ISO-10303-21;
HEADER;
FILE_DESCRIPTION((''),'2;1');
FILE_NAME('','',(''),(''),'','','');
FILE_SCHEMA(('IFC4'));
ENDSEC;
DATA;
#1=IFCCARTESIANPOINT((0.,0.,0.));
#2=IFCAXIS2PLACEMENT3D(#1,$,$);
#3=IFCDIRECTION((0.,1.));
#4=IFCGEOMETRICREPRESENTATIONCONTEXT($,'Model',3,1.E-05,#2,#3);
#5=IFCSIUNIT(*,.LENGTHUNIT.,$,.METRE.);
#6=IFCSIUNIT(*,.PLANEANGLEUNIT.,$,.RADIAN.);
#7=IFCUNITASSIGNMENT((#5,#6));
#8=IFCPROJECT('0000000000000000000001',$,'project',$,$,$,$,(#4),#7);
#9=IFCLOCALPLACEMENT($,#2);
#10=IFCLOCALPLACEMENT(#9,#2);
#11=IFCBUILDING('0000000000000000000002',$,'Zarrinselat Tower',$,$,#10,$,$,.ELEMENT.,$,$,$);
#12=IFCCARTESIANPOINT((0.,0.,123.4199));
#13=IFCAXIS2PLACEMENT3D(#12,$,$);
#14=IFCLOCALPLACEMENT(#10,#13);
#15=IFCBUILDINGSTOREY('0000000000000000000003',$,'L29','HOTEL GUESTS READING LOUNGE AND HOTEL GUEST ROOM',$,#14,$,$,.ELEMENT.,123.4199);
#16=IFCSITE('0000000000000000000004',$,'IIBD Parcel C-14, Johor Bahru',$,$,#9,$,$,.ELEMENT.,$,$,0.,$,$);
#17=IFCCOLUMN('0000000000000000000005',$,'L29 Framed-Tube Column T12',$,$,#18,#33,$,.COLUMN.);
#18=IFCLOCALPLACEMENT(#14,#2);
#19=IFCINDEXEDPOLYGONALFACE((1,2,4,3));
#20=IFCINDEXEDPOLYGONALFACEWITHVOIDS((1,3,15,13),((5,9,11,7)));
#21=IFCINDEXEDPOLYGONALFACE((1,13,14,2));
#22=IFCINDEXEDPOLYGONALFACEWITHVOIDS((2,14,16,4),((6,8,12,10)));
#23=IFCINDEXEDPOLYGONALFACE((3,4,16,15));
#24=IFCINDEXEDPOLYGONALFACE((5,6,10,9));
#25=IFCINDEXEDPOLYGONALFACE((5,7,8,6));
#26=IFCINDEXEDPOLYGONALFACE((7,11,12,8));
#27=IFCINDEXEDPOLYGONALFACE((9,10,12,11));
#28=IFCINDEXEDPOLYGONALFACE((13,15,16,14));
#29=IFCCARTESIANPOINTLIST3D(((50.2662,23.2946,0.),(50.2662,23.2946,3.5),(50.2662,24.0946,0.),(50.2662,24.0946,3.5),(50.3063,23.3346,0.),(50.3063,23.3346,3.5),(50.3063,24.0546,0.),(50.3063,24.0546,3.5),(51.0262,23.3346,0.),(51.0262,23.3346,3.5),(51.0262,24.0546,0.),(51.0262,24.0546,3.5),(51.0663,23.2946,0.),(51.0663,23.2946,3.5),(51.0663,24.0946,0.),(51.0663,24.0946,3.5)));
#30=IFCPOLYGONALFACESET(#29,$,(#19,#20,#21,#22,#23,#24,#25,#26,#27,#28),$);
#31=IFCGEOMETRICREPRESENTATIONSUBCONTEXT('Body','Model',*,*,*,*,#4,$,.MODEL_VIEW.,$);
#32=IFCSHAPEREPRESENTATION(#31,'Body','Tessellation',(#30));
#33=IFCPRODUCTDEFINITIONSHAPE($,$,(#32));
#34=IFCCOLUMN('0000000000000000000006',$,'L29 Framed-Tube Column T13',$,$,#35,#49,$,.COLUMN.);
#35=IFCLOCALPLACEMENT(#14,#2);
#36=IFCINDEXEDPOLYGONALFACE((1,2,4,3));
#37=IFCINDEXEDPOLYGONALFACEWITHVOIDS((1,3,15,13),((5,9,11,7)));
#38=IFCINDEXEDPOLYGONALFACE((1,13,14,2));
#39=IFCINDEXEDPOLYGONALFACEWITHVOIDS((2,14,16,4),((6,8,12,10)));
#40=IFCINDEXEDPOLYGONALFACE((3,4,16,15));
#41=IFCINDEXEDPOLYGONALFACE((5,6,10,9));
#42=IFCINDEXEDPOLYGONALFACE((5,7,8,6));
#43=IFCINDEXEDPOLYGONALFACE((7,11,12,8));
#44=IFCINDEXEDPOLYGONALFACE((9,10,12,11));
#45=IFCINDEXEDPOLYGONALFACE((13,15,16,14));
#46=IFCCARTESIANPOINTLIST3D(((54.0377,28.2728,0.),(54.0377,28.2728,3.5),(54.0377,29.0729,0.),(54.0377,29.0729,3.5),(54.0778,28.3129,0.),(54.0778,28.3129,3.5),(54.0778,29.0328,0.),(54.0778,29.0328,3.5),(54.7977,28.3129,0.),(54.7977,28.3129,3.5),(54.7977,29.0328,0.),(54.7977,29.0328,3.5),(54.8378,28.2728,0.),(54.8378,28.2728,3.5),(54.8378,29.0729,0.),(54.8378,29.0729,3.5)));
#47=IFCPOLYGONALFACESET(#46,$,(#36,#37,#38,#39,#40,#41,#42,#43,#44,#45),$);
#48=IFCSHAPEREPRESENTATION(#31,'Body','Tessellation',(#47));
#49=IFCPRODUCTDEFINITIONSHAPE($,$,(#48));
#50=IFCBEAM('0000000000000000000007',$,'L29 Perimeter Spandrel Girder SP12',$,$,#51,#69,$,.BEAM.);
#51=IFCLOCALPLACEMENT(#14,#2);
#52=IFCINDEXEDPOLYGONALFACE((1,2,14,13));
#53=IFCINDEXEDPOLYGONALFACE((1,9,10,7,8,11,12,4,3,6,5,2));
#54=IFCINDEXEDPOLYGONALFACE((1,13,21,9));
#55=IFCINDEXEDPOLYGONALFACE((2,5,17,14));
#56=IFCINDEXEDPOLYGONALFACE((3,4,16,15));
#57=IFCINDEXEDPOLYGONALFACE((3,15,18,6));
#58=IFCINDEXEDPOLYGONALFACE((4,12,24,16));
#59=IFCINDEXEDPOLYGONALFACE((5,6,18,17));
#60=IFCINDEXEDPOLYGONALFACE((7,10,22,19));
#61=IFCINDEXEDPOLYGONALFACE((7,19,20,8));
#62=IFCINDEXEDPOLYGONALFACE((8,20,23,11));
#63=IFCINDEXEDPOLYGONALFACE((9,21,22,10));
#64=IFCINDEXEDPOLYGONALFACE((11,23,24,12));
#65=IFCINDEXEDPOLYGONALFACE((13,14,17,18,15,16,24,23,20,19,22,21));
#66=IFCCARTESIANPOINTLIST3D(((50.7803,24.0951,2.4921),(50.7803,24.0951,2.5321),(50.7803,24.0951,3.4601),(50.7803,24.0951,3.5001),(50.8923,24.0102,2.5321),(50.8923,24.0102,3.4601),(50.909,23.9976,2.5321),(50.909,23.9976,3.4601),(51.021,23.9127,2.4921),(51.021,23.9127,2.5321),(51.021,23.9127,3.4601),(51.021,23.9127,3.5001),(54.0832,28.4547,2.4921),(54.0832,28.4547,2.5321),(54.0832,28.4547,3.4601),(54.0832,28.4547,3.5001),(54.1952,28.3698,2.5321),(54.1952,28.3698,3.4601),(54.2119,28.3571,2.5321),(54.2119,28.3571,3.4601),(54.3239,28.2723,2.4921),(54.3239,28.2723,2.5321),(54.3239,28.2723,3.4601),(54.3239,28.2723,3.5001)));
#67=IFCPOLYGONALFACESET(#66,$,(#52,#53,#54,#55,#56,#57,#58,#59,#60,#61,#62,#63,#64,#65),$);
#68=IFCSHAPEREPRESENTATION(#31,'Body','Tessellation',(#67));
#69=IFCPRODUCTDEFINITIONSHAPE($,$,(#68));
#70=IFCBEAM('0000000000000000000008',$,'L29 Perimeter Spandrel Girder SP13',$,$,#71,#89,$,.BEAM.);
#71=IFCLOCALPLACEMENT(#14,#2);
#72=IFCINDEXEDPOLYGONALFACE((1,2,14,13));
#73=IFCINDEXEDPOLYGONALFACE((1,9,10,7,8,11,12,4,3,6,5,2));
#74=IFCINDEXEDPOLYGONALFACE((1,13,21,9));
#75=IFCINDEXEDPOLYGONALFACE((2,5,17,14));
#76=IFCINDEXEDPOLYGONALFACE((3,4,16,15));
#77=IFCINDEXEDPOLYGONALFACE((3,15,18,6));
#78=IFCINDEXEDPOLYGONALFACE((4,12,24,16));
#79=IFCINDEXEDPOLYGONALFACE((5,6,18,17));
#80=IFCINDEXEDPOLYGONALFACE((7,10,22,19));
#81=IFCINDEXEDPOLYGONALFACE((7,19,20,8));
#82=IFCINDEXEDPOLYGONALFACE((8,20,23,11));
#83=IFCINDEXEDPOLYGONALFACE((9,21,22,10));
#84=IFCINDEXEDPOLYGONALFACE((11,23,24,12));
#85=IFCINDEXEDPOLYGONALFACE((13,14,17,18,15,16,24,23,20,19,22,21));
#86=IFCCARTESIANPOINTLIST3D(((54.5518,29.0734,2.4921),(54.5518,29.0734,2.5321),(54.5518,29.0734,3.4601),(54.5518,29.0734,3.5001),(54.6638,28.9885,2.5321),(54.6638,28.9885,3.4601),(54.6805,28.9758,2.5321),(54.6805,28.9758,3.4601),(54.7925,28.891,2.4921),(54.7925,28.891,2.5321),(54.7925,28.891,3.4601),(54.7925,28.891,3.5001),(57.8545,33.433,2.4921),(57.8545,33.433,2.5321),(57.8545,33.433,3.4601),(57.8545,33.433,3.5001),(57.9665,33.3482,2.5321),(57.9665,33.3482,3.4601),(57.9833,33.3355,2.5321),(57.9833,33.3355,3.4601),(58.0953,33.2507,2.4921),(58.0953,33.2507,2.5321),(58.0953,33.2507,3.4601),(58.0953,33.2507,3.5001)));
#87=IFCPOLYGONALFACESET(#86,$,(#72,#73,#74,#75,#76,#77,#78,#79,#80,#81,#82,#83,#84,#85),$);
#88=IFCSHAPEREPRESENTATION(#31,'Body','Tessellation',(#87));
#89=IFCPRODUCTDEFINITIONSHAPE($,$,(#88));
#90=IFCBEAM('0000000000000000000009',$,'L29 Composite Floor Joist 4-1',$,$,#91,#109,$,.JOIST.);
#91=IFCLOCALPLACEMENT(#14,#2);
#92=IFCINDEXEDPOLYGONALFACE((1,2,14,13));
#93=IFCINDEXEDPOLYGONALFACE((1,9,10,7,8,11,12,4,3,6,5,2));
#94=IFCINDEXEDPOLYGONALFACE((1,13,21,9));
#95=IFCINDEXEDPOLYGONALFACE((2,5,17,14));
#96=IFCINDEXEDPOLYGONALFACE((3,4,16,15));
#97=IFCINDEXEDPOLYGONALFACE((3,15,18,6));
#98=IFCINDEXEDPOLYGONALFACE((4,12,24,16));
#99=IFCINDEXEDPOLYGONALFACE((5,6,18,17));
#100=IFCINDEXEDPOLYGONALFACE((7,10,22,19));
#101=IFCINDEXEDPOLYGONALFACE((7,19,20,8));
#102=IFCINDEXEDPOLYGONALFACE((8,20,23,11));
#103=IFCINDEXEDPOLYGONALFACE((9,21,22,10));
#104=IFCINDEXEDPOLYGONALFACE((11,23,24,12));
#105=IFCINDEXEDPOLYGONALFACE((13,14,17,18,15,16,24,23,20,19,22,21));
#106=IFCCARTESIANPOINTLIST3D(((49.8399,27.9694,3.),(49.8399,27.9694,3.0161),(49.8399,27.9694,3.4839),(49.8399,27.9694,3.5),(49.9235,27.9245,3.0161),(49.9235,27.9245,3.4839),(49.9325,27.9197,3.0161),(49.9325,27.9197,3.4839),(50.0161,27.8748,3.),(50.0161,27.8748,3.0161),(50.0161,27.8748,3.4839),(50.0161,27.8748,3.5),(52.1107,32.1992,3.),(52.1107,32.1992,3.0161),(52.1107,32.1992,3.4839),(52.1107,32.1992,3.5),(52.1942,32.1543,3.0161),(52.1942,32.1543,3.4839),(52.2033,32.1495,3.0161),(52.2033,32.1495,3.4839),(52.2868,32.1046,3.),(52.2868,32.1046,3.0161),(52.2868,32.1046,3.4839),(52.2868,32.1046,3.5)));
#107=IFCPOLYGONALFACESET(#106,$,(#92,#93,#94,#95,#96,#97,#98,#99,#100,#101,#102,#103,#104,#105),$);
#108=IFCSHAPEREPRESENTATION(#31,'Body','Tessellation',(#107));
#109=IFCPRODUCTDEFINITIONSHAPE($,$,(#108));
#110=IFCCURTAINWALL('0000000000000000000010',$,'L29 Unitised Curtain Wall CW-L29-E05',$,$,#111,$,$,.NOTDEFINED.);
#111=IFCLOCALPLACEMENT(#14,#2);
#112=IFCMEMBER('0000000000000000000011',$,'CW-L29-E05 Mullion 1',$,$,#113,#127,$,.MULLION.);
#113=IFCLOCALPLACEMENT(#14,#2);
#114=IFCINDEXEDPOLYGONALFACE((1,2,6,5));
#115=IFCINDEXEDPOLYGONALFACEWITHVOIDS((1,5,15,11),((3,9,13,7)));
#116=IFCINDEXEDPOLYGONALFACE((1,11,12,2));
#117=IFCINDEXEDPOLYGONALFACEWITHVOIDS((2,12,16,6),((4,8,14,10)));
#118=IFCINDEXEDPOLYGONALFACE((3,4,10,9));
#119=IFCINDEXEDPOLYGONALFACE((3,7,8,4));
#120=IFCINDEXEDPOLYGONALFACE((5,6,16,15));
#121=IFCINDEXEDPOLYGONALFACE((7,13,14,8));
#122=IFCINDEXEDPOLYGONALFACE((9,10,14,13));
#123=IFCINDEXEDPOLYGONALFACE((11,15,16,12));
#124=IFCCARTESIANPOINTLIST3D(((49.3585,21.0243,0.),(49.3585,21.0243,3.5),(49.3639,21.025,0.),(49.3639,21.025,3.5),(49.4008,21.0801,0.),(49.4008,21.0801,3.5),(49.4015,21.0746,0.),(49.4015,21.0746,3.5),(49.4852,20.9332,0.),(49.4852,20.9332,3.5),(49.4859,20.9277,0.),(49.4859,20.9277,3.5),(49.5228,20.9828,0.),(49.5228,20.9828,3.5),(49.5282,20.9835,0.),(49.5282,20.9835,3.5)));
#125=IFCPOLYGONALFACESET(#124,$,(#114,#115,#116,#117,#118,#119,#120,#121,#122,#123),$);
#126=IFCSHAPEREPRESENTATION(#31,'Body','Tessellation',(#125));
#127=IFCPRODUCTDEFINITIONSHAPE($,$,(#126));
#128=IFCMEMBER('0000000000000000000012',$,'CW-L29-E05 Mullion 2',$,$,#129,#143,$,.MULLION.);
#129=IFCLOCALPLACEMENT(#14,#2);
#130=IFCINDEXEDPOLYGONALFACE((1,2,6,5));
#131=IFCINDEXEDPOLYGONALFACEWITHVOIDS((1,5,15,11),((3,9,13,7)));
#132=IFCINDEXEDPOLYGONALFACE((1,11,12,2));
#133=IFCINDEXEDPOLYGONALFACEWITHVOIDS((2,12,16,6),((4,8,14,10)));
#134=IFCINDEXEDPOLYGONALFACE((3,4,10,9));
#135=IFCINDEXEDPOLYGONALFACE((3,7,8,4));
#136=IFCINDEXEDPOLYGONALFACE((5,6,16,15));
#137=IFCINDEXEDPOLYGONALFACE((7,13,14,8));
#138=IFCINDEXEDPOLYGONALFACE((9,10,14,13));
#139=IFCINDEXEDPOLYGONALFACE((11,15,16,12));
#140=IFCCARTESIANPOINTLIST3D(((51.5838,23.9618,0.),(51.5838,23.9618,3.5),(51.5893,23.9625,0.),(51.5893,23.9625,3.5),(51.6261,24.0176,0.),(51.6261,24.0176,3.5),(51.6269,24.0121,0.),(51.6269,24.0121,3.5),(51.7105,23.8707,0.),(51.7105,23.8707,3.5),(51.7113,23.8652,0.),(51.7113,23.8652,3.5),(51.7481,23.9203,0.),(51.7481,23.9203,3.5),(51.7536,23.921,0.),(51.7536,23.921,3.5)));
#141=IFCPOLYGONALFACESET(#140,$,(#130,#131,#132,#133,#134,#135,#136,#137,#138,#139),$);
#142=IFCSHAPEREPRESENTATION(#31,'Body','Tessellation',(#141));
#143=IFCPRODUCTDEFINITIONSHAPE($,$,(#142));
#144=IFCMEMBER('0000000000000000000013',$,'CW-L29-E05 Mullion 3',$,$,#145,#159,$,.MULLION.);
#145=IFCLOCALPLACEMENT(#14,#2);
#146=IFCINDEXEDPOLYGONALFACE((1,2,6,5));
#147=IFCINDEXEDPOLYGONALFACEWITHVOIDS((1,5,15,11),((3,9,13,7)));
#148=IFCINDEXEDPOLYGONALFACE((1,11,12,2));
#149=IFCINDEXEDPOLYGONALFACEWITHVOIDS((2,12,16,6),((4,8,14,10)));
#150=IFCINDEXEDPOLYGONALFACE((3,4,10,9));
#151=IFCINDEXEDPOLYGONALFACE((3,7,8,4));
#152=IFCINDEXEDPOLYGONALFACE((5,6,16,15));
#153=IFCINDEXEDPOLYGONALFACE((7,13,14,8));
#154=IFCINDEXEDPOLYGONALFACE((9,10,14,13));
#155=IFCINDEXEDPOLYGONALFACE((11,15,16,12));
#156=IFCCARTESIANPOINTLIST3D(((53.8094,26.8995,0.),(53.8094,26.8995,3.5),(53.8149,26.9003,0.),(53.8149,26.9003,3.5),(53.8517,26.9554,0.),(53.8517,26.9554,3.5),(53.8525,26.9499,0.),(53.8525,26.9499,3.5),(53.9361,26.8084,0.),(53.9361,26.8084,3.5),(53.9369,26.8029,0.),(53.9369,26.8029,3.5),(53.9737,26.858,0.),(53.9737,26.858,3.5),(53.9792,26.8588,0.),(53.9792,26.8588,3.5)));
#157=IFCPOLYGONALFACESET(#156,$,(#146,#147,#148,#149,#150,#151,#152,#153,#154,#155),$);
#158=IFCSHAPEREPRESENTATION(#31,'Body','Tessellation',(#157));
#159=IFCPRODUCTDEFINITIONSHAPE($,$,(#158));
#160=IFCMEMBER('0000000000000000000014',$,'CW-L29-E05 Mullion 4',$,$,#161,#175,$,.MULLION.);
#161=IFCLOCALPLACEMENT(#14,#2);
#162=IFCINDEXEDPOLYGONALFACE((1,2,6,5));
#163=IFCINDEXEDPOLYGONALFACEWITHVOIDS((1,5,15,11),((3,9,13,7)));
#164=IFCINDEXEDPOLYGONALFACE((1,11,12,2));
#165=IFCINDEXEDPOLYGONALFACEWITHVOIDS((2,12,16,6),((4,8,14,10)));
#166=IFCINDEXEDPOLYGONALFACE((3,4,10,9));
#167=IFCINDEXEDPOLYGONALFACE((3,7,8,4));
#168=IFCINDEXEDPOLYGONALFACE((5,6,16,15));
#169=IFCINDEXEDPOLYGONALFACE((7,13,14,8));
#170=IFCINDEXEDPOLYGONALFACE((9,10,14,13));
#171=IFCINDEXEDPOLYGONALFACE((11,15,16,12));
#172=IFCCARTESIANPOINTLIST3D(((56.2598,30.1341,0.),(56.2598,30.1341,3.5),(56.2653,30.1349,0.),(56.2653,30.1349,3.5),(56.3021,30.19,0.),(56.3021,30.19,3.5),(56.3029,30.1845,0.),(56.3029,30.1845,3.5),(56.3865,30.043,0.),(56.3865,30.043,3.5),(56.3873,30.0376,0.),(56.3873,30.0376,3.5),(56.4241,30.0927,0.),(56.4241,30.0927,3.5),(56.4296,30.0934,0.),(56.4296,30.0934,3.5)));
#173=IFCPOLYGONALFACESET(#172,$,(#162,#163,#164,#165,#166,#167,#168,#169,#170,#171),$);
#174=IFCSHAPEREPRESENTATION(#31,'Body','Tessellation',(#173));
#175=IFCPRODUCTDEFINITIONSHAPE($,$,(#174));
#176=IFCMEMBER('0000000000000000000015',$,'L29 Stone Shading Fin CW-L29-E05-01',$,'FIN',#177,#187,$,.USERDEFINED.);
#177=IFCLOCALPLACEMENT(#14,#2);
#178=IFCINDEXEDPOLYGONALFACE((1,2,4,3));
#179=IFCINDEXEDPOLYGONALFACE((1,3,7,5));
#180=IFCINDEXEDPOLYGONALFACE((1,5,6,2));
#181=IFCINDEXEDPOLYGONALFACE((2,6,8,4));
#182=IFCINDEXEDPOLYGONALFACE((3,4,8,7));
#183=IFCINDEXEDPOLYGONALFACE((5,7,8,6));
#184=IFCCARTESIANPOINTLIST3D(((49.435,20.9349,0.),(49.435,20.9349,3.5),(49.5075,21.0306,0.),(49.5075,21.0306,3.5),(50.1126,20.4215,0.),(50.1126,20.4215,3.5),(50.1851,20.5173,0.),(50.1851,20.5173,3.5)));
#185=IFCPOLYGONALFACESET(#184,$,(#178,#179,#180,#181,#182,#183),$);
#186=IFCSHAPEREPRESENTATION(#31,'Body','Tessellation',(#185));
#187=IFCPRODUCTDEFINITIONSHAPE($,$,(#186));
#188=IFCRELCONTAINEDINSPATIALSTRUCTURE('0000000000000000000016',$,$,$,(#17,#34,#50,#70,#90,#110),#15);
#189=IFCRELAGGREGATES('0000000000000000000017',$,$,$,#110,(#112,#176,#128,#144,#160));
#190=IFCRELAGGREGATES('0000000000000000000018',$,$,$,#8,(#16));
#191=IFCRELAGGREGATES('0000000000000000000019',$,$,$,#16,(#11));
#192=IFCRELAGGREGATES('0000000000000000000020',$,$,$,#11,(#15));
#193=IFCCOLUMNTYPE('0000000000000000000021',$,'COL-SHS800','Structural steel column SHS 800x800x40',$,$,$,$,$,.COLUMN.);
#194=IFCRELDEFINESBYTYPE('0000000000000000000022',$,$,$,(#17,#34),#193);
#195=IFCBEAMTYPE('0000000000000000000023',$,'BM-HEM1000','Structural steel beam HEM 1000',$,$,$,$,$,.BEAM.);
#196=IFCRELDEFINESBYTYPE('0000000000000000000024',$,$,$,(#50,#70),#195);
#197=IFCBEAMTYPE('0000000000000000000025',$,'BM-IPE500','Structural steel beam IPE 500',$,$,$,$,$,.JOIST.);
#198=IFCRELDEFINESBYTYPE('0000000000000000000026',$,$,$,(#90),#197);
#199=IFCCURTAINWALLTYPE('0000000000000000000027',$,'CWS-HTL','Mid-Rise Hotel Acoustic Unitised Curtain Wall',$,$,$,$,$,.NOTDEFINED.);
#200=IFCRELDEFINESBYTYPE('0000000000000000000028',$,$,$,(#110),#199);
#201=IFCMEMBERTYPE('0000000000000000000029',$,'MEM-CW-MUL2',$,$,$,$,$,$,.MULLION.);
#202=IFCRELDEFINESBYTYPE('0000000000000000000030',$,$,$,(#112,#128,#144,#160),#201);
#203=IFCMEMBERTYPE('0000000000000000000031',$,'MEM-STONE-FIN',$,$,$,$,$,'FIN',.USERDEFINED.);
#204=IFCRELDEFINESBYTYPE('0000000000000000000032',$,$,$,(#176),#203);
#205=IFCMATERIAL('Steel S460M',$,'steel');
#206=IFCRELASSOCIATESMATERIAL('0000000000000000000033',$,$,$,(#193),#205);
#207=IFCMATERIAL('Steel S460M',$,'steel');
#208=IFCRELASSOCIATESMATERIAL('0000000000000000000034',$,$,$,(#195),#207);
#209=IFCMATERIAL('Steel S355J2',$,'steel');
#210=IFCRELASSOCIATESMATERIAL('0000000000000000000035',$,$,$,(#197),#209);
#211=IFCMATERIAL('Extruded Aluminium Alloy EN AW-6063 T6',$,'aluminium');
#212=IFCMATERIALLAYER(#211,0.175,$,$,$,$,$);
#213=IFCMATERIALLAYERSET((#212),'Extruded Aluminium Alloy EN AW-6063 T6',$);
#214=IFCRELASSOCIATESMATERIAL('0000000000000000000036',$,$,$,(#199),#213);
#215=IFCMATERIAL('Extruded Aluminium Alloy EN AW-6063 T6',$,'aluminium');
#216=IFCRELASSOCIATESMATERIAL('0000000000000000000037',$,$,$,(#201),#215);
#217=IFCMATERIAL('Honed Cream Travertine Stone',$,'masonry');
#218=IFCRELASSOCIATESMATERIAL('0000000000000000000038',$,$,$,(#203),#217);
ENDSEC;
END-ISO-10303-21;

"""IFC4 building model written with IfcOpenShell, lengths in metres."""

from ifc_helpers import new_model, si_unit, direction, frame, origin, origin_2d, place, context, subcontext, project, spatial, rectangle, hollow_rectangle, i_section, extrude, material, layer, layer_set, material_profile, profile_set, type_object, element, aggregate, save


model = new_model("IFC4")

# Units and contexts
model_context = context("Model", 3, precision=1e-05, world=origin(), true_north=direction((0.0, 1.0)))
body_context = subcontext(model_context, "Body", "Model", "MODEL_VIEW")
ifc_project = project(units=[si_unit("LENGTHUNIT", "METRE"), si_unit("PLANEANGLEUNIT", "RADIAN")], contexts=[model_context])

# Site, building, storey
site_placement = place(None, origin())
site = spatial("IfcSite", under=ifc_project, at=site_placement, Name="IIBD Parcel C-14, Johor Bahru", CompositionType="ELEMENT", RefElevation=0.0)
building_placement = place(site_placement, origin())
building = spatial("IfcBuilding", under=site, at=building_placement, Name="Zarrinselat Tower", CompositionType="ELEMENT")
storey_placement = place(building_placement, frame((0.0, 0.0, 123.4199)))
storey = spatial("IfcBuildingStorey", under=building, at=storey_placement, Name="L29", Description="HOTEL GUESTS READING LOUNGE AND HOTEL GUEST ROOM", CompositionType="ELEMENT", Elevation=123.4199)

# Columns
ifc_material_1 = material(Name="Steel S460M", Category="steel")
ifc_material_profile_1 = material_profile(ifc_material_1, hollow_rectangle(XDim=0.8, YDim=0.8, WallThickness=0.04, at=origin_2d()), Name="SHS 800x800x40")
ifc_profile_set_1 = profile_set([ifc_material_profile_1], Name="Steel S460M")
column_type = type_object("IfcColumnType", Name="COL-SHS800", Description="Structural steel column SHS 800x800x40", PredefinedType="COLUMN", material=ifc_profile_set_1)
for number, where, z_axis, x_axis, name in (
    (1, (50.6663, 23.6946, 0.0), (0.0, 0.0, 1.0), (1.0, 0.0, 0.0), "L29 Framed-Tube Column T12"),
    (2, (54.4377, 28.6729, 0.0), (0.0, 0.0, 1.0), (1.0, 0.0, 0.0), "L29 Framed-Tube Column T13"),
):
    element("IfcColumn", number, at=place(storey_placement, frame(where, z_axis=z_axis, x_axis=x_axis)), inside=storey, type_object=column_type, Name=name, PredefinedType="COLUMN", context=body_context, shape_type="SweptSolid", body=[
        extrude(hollow_rectangle(XDim=0.8, YDim=0.8, WallThickness=0.04, at=origin_2d()), origin(), (0.0, 0.0, 1.0), 3.5),
    ])

# Beams
ifc_material_2 = material(Name="Steel S460M", Category="steel")
ifc_material_profile_2 = material_profile(ifc_material_2, i_section(OverallWidth=0.302, OverallDepth=1.0081, WebThickness=0.021, FlangeThickness=0.04, at=origin_2d()), Name="HEM 1000")
ifc_profile_set_2 = profile_set([ifc_material_profile_2], Name="Steel S460M")
beam_type_1 = type_object("IfcBeamType", Name="BM-HEM1000", Description="Structural steel beam HEM 1000", PredefinedType="BEAM", material=ifc_profile_set_2)
for number, where, z_axis, x_axis, name in (
    (3, (50.9006, 24.0039, 2.9961), (0.603885, 0.797071, 0.0), (-0.797071, 0.603885, 0.0), "L29 Perimeter Spandrel Girder SP12"),
    (4, (54.6721, 28.9822, 2.9961), (0.603857, 0.797093, 0.0), (-0.797093, 0.603857, 0.0), "L29 Perimeter Spandrel Girder SP13"),
):
    element("IfcBeam", number, at=place(storey_placement, frame(where, z_axis=z_axis, x_axis=x_axis)), inside=storey, type_object=beam_type_1, Name=name, PredefinedType="BEAM", context=body_context, shape_type="SweptSolid", body=[
        extrude(i_section(OverallWidth=0.302, OverallDepth=1.0081, WebThickness=0.021, FlangeThickness=0.04, at=origin_2d()), origin(), (0.0, 0.0, 1.0), 5.4695),
    ])
ifc_material_3 = material(Name="Steel S355J2", Category="steel")
ifc_material_profile_3 = material_profile(ifc_material_3, i_section(OverallWidth=0.2, OverallDepth=0.5, WebThickness=0.0103, FlangeThickness=0.0161, at=origin_2d()), Name="IPE 500")
ifc_profile_set_3 = profile_set([ifc_material_profile_3], Name="Steel S355J2")
beam_type_2 = type_object("IfcBeamType", Name="BM-IPE500", Description="Structural steel beam IPE 500", PredefinedType="JOIST", material=ifc_profile_set_3)
beam_placement = place(storey_placement, frame((49.928, 27.9221, 3.25), z_axis=(0.473002, 0.881062, 0.0), x_axis=(-0.881062, 0.473002, 0.0)))
element("IfcBeam", 5, at=beam_placement, inside=storey, type_object=beam_type_2, Name="L29 Composite Floor Joist 4-1", PredefinedType="JOIST", context=body_context, shape_type="SweptSolid", body=[
    extrude(i_section(OverallWidth=0.2, OverallDepth=0.5, WebThickness=0.0103, FlangeThickness=0.0161, at=origin_2d()), origin(), (0.0, 0.0, 1.0), 4.8008),
])

# Curtain wall, members
ifc_material_4 = material(Name="Extruded Aluminium Alloy EN AW-6063 T6", Category="aluminium")
ifc_layer_1 = layer(ifc_material_4, 0.175)
ifc_layer_set_1 = layer_set([ifc_layer_1], Name="Extruded Aluminium Alloy EN AW-6063 T6")
curtain_wall_type = type_object("IfcCurtainWallType", Name="CWS-HTL", Description="Mid-Rise Hotel Acoustic Unitised Curtain Wall", PredefinedType="NOTDEFINED", material=ifc_layer_set_1)
curtain_wall_placement = place(storey_placement, origin())
curtain_wall = element("IfcCurtainWall", 6, at=curtain_wall_placement, inside=storey, type_object=curtain_wall_type, Name="L29 Unitised Curtain Wall CW-L29-E05", PredefinedType="NOTDEFINED")
ifc_material_5 = material(Name="Extruded Aluminium Alloy EN AW-6063 T6", Category="aluminium")
ifc_material_profile_4 = material_profile(ifc_material_5, hollow_rectangle(XDim=0.0701, YDim=0.1599, WallThickness=0.0039, at=origin_2d()), Name="RHS 160x70x4")
ifc_profile_set_4 = profile_set([ifc_material_profile_4], Name="Extruded Aluminium Alloy EN AW-6063 T6")
member_type_1 = type_object("IfcMemberType", Name="MEM-CW-MUL2", PredefinedType="MULLION", material=ifc_profile_set_4)
member_1_placement = place(storey_placement, frame((49.4434, 21.0039, 0.0), z_axis=(0.0, 0.0, 1.0), x_axis=(0.603858, 0.797092, 0.0)))
member_1 = element("IfcMember", 7, at=member_1_placement, type_object=member_type_1, Name="CW-L29-E05 Mullion 1", PredefinedType="MULLION", context=body_context, shape_type="SweptSolid", body=[
    extrude(hollow_rectangle(XDim=0.0701, YDim=0.1599, WallThickness=0.0039, at=origin_2d()), origin(), (0.0, 0.0, 1.0), 3.5),
])
member_2_placement = place(storey_placement, frame((51.6687, 23.9414, 0.0), z_axis=(0.0, 0.0, 1.0), x_axis=(0.603858, 0.797092, 0.0)))
member_2 = element("IfcMember", 8, at=member_2_placement, type_object=member_type_1, Name="CW-L29-E05 Mullion 2", PredefinedType="MULLION", context=body_context, shape_type="SweptSolid", body=[
    extrude(hollow_rectangle(XDim=0.0701, YDim=0.1599, WallThickness=0.0039, at=origin_2d()), origin(), (0.0, 0.0, 1.0), 3.5),
])
member_3_placement = place(storey_placement, frame((53.8943, 26.8792, 0.0), z_axis=(0.0, 0.0, 1.0), x_axis=(0.603858, 0.797092, 0.0)))
member_3 = element("IfcMember", 9, at=member_3_placement, type_object=member_type_1, Name="CW-L29-E05 Mullion 3", PredefinedType="MULLION", context=body_context, shape_type="SweptSolid", body=[
    extrude(hollow_rectangle(XDim=0.0701, YDim=0.1599, WallThickness=0.0039, at=origin_2d()), origin(), (0.0, 0.0, 1.0), 3.5),
])
member_4_placement = place(storey_placement, frame((56.3447, 30.1138, 0.0), z_axis=(0.0, 0.0, 1.0), x_axis=(0.603858, 0.797092, 0.0)))
member_4 = element("IfcMember", 10, at=member_4_placement, type_object=member_type_1, Name="CW-L29-E05 Mullion 4", PredefinedType="MULLION", context=body_context, shape_type="SweptSolid", body=[
    extrude(hollow_rectangle(XDim=0.0701, YDim=0.1599, WallThickness=0.0039, at=origin_2d()), origin(), (0.0, 0.0, 1.0), 3.5),
])
ifc_material_6 = material(Name="Honed Cream Travertine Stone", Category="masonry")
ifc_material_profile_5 = material_profile(ifc_material_6, rectangle(XDim=0.1201, YDim=0.8501, at=origin_2d()), Name="FIN 850x120")
ifc_profile_set_5 = profile_set([ifc_material_profile_5], Name="Honed Cream Travertine Stone")
member_type_2 = type_object("IfcMemberType", Name="MEM-STONE-FIN", ElementType="FIN", PredefinedType="USERDEFINED", material=ifc_profile_set_5)
member_5_placement = place(storey_placement, frame((49.8101, 20.7261, 0.0), z_axis=(0.0, 0.0, 1.0), x_axis=(-0.603858, -0.797092, 0.0)))
member_5 = element("IfcMember", 11, at=member_5_placement, type_object=member_type_2, Name="L29 Stone Shading Fin CW-L29-E05-01", ObjectType="FIN", PredefinedType="USERDEFINED", context=body_context, shape_type="SweptSolid", body=[
    extrude(rectangle(XDim=0.1201, YDim=0.8501, at=origin_2d()), origin(), (0.0, 0.0, 1.0), 3.5),
])
aggregate(curtain_wall, [member_1, member_5, member_2, member_3, member_4])

save(model, "model.ifc")
